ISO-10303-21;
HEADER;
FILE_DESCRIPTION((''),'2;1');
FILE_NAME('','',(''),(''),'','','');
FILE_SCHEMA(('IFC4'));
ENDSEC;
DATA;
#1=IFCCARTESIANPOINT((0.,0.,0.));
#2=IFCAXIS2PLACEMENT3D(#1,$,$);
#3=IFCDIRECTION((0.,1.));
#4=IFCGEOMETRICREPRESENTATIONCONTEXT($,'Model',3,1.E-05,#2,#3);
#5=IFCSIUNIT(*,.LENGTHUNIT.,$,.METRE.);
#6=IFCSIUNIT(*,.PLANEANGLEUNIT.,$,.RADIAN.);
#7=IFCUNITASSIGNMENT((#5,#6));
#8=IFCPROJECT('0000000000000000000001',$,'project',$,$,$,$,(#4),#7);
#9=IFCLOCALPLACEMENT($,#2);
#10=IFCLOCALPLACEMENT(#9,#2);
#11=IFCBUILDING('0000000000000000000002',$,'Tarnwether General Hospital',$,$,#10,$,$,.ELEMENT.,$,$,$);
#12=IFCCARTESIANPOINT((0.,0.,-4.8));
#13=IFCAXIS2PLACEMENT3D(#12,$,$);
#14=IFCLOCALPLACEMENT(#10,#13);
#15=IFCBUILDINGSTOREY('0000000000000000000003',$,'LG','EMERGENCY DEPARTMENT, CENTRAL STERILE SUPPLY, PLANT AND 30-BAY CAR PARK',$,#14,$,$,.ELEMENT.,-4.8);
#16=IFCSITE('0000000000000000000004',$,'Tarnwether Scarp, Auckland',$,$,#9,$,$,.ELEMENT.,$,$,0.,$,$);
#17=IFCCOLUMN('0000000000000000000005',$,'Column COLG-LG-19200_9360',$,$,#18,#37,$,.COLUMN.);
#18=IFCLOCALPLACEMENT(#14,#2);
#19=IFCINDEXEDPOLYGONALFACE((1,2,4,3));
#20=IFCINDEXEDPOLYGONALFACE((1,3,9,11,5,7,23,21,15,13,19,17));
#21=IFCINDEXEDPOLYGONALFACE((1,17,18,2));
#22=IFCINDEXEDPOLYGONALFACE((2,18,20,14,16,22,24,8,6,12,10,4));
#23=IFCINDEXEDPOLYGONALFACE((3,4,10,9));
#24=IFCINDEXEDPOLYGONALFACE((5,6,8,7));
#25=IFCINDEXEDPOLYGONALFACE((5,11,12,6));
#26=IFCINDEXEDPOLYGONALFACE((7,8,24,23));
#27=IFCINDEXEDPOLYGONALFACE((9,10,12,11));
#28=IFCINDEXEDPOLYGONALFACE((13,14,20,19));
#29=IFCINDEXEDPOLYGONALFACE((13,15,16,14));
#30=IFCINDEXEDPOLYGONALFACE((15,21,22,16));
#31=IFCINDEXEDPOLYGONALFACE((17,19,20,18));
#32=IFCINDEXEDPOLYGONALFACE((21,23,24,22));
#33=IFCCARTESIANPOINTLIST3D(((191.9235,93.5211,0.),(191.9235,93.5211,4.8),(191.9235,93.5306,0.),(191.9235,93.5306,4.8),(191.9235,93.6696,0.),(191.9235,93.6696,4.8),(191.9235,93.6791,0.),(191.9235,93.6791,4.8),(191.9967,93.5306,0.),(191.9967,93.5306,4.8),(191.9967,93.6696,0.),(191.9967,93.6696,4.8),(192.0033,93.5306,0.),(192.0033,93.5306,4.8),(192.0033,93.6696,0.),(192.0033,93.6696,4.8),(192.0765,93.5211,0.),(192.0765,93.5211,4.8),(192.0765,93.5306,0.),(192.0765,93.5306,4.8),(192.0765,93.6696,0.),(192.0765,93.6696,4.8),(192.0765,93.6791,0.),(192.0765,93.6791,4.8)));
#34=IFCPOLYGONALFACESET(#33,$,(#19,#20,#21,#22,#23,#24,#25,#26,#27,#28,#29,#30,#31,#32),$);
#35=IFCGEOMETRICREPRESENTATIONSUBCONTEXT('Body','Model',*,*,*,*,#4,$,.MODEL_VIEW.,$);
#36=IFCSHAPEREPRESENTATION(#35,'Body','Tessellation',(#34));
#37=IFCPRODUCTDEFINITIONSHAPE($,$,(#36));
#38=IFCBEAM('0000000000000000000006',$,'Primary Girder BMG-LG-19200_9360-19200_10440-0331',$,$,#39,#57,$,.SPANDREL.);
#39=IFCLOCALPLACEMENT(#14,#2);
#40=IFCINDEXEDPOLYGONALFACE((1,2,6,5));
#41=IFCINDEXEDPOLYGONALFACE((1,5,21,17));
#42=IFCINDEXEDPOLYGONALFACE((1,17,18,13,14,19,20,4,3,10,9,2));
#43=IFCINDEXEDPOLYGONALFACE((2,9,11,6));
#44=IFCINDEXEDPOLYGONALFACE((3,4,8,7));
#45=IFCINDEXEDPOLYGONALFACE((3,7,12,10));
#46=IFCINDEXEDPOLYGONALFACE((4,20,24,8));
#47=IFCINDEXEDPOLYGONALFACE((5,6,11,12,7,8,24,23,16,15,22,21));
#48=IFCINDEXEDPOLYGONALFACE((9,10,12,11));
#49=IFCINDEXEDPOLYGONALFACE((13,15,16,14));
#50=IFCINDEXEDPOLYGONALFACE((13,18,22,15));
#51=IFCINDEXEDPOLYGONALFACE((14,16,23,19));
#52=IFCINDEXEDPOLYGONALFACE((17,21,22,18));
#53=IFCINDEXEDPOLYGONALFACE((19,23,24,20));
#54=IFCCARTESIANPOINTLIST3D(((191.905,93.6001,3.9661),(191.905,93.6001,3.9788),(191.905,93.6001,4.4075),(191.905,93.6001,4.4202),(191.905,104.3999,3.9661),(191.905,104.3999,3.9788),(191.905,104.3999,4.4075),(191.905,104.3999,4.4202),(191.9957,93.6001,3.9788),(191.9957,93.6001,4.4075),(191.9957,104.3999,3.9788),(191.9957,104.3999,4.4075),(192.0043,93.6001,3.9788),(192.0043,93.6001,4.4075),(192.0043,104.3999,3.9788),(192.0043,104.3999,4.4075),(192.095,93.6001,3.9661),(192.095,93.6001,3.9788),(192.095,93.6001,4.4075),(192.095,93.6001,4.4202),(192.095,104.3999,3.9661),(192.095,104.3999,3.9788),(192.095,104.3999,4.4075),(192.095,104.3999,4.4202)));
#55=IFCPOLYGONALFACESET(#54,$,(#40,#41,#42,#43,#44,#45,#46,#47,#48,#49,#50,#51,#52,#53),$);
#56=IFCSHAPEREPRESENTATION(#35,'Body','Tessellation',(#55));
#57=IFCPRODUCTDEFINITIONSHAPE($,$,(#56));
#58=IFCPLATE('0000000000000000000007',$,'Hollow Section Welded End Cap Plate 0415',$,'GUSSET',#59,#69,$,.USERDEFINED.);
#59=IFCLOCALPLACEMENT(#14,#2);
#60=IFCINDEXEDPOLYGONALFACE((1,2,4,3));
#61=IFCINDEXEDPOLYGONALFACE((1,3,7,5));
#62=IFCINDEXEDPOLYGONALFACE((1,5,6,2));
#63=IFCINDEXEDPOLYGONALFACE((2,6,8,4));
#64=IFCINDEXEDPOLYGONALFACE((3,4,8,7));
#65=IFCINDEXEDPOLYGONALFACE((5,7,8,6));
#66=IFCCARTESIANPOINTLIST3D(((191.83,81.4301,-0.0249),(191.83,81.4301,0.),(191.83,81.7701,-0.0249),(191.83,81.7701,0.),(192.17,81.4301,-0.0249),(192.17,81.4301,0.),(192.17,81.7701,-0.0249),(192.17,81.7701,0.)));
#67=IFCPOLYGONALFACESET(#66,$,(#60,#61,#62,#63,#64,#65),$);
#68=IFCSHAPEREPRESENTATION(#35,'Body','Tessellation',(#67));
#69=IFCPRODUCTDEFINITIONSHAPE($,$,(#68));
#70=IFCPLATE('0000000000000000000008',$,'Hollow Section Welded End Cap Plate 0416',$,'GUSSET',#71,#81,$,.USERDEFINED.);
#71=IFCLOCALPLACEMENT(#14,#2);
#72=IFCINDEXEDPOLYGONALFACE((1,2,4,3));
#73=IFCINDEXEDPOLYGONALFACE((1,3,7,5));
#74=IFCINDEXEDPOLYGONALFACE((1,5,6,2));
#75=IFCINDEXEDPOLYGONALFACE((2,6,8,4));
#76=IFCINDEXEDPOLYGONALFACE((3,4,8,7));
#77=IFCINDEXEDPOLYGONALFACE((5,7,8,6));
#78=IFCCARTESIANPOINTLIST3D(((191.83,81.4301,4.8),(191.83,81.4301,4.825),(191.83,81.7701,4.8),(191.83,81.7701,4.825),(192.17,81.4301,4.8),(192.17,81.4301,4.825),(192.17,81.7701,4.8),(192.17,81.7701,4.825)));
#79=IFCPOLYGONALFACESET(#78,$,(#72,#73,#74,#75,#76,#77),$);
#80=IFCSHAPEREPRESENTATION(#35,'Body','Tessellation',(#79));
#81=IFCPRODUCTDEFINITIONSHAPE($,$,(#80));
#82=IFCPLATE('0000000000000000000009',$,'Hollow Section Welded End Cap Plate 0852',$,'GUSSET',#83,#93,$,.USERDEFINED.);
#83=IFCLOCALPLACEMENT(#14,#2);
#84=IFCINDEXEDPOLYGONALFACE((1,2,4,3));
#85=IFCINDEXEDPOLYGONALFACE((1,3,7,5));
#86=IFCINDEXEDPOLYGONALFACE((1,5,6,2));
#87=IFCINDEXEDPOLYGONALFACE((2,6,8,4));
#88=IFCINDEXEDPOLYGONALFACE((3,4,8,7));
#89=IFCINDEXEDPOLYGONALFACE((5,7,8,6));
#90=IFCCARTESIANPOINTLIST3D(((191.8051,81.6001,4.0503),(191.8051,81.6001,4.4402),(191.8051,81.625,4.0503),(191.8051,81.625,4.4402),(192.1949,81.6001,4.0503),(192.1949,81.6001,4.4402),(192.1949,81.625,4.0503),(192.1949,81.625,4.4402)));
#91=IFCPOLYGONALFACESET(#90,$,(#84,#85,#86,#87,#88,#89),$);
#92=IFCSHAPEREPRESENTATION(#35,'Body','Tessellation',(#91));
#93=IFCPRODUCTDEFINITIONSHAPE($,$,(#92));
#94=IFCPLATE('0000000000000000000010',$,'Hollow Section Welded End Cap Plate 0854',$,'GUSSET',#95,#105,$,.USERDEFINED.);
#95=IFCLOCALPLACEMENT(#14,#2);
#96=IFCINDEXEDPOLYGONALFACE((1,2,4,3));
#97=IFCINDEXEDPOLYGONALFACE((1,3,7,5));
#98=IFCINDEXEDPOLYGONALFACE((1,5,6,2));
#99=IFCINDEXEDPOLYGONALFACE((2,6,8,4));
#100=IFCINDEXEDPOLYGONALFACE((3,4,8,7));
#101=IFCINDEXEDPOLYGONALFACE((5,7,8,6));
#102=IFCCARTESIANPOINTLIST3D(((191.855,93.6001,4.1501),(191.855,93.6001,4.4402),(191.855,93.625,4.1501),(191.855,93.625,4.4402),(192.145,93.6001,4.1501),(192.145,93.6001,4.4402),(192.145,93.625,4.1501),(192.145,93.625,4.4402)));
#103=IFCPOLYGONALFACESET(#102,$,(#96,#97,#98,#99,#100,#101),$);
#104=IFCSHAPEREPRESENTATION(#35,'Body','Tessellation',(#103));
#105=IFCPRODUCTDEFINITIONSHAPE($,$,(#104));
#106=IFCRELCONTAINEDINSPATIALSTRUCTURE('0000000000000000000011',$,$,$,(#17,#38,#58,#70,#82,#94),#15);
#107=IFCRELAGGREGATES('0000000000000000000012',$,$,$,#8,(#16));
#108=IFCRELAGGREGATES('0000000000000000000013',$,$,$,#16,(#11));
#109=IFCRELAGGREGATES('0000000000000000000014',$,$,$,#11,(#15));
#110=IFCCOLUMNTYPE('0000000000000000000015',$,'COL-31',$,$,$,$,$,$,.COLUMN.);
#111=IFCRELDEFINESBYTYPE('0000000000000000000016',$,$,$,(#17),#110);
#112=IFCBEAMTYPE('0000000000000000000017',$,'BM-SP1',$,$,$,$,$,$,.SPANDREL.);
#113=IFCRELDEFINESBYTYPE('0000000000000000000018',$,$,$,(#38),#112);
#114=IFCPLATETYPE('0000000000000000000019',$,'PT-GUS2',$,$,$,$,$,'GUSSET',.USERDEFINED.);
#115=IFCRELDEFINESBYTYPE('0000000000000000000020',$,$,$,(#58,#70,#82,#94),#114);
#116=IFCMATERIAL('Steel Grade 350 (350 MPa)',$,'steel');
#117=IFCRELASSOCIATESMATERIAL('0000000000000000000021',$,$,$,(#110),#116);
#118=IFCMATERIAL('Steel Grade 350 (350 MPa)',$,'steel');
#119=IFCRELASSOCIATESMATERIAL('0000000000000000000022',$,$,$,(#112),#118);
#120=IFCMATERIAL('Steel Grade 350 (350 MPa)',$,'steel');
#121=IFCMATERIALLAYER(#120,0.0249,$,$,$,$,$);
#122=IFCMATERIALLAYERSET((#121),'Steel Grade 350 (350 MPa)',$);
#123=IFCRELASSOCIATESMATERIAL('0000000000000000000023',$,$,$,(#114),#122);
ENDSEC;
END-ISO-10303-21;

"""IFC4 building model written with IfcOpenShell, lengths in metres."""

from ifc_helpers import new_model, si_unit, direction, frame, origin, origin_2d, place, context, subcontext, project, spatial, rectangle, i_section, extrude, material, layer, layer_set, material_profile, profile_set, type_object, element, save


model = new_model("IFC4")

# Units and contexts
model_context = context("Model", 3, precision=1e-05, world=origin(), true_north=direction((0.0, 1.0)))
body_context = subcontext(model_context, "Body", "Model", "MODEL_VIEW")
ifc_project = project(units=[si_unit("LENGTHUNIT", "METRE"), si_unit("PLANEANGLEUNIT", "RADIAN")], contexts=[model_context])

# Site, building, storey
site_placement = place(None, origin())
site = spatial("IfcSite", under=ifc_project, at=site_placement, Name="Tarnwether Scarp, Auckland", CompositionType="ELEMENT", RefElevation=0.0)
building_placement = place(site_placement, origin())
building = spatial("IfcBuilding", under=site, at=building_placement, Name="Tarnwether General Hospital", CompositionType="ELEMENT")
storey_placement = place(building_placement, frame((0.0, 0.0, -4.8)))
storey = spatial("IfcBuildingStorey", under=building, at=storey_placement, Name="LG", Description="EMERGENCY DEPARTMENT, CENTRAL STERILE SUPPLY, PLANT AND 30-BAY CAR PARK", CompositionType="ELEMENT", Elevation=-4.8)

# Column
ifc_material_1 = material(Name="Steel Grade 350 (350 MPa)", Category="steel")
ifc_material_profile_1 = material_profile(ifc_material_1, i_section(OverallWidth=0.1531, OverallDepth=0.158, WebThickness=0.0066, FlangeThickness=0.0095, at=origin_2d()), Name="150UC30.0")
ifc_profile_set_1 = profile_set([ifc_material_profile_1], Name="Steel Grade 350 (350 MPa)")
column_type = type_object("IfcColumnType", Name="COL-31", PredefinedType="COLUMN", material=ifc_profile_set_1)
column_placement = place(storey_placement, frame((192.0, 93.6001, 0.0), z_axis=(0.0, 0.0, 1.0), x_axis=(1.0, 0.0, 0.0)))
element("IfcColumn", 1, at=column_placement, inside=storey, type_object=column_type, Name="Column COLG-LG-19200_9360", PredefinedType="COLUMN", context=body_context, shape_type="SweptSolid", body=[
    extrude(i_section(OverallWidth=0.1531, OverallDepth=0.158, WebThickness=0.0066, FlangeThickness=0.0095, at=origin_2d()), origin(), (0.0, 0.0, 1.0), 4.8),
])

# Beam
ifc_material_2 = material(Name="Steel Grade 350 (350 MPa)", Category="steel")
ifc_material_profile_2 = material_profile(ifc_material_2, i_section(OverallWidth=0.1899, OverallDepth=0.4541, WebThickness=0.0085, FlangeThickness=0.0127, at=origin_2d()), Name="460UB67.1")
ifc_profile_set_2 = profile_set([ifc_material_profile_2], Name="Steel Grade 350 (350 MPa)")
beam_type = type_object("IfcBeamType", Name="BM-SP1", PredefinedType="SPANDREL", material=ifc_profile_set_2)
beam_placement = place(storey_placement, frame((192.0, 93.6001, 4.1931), z_axis=(0.0, 1.0, 0.0), x_axis=(-1.0, 0.0, 0.0)))
element("IfcBeam", 2, at=beam_placement, inside=storey, type_object=beam_type, Name="Primary Girder BMG-LG-19200_9360-19200_10440-0331", PredefinedType="SPANDREL", context=body_context, shape_type="SweptSolid", body=[
    extrude(i_section(OverallWidth=0.1899, OverallDepth=0.4541, WebThickness=0.0085, FlangeThickness=0.0127, at=origin_2d()), origin(), (0.0, 0.0, 1.0), 10.7998),
])

# Plates
ifc_material_3 = material(Name="Steel Grade 350 (350 MPa)", Category="steel")
ifc_layer = layer(ifc_material_3, 0.0249)
ifc_layer_set = layer_set([ifc_layer], Name="Steel Grade 350 (350 MPa)")
plate_type = type_object("IfcPlateType", Name="PT-GUS2", ElementType="GUSSET", PredefinedType="USERDEFINED", material=ifc_layer_set)
for number, where, z_axis, x_axis, name in (
    (3, (192.0, 81.6001, -0.0249), (0.0, 0.0, 1.0), (1.0, 0.0, 0.0), "Hollow Section Welded End Cap Plate 0415"),
    (4, (192.0, 81.6001, 4.8), (0.0, 0.0, 1.0), (1.0, 0.0, 0.0), "Hollow Section Welded End Cap Plate 0416"),
):
    element("IfcPlate", number, at=place(storey_placement, frame(where, z_axis=z_axis, x_axis=x_axis)), inside=storey, type_object=plate_type, Name=name, ObjectType="GUSSET", PredefinedType="USERDEFINED", context=body_context, shape_type="SweptSolid", body=[
        extrude(rectangle(XDim=0.3401, YDim=0.3401, at=origin_2d()), origin(), (0.0, 0.0, 1.0), 0.0249),
    ])
plate_1_placement = place(storey_placement, frame((192.0, 81.6125, 4.0503), z_axis=(0.0, 0.0, 1.0), x_axis=(0.0, 1.0, 0.0)))
element("IfcPlate", 5, at=plate_1_placement, inside=storey, type_object=plate_type, Name="Hollow Section Welded End Cap Plate 0852", ObjectType="GUSSET", PredefinedType="USERDEFINED", context=body_context, shape_type="SweptSolid", body=[
    extrude(rectangle(XDim=0.0249, YDim=0.3899, at=origin_2d()), origin(), (0.0, 0.0, 1.0), 0.3899),
])
plate_2_placement = place(storey_placement, frame((192.0, 93.6125, 4.1501), z_axis=(0.0, 0.0, 1.0), x_axis=(0.0, 1.0, 0.0)))
element("IfcPlate", 6, at=plate_2_placement, inside=storey, type_object=plate_type, Name="Hollow Section Welded End Cap Plate 0854", ObjectType="GUSSET", PredefinedType="USERDEFINED", context=body_context, shape_type="SweptSolid", body=[
    extrude(rectangle(XDim=0.0249, YDim=0.29, at=origin_2d()), origin(), (0.0, 0.0, 1.0), 0.29),
])

save(model, "model.ifc")
